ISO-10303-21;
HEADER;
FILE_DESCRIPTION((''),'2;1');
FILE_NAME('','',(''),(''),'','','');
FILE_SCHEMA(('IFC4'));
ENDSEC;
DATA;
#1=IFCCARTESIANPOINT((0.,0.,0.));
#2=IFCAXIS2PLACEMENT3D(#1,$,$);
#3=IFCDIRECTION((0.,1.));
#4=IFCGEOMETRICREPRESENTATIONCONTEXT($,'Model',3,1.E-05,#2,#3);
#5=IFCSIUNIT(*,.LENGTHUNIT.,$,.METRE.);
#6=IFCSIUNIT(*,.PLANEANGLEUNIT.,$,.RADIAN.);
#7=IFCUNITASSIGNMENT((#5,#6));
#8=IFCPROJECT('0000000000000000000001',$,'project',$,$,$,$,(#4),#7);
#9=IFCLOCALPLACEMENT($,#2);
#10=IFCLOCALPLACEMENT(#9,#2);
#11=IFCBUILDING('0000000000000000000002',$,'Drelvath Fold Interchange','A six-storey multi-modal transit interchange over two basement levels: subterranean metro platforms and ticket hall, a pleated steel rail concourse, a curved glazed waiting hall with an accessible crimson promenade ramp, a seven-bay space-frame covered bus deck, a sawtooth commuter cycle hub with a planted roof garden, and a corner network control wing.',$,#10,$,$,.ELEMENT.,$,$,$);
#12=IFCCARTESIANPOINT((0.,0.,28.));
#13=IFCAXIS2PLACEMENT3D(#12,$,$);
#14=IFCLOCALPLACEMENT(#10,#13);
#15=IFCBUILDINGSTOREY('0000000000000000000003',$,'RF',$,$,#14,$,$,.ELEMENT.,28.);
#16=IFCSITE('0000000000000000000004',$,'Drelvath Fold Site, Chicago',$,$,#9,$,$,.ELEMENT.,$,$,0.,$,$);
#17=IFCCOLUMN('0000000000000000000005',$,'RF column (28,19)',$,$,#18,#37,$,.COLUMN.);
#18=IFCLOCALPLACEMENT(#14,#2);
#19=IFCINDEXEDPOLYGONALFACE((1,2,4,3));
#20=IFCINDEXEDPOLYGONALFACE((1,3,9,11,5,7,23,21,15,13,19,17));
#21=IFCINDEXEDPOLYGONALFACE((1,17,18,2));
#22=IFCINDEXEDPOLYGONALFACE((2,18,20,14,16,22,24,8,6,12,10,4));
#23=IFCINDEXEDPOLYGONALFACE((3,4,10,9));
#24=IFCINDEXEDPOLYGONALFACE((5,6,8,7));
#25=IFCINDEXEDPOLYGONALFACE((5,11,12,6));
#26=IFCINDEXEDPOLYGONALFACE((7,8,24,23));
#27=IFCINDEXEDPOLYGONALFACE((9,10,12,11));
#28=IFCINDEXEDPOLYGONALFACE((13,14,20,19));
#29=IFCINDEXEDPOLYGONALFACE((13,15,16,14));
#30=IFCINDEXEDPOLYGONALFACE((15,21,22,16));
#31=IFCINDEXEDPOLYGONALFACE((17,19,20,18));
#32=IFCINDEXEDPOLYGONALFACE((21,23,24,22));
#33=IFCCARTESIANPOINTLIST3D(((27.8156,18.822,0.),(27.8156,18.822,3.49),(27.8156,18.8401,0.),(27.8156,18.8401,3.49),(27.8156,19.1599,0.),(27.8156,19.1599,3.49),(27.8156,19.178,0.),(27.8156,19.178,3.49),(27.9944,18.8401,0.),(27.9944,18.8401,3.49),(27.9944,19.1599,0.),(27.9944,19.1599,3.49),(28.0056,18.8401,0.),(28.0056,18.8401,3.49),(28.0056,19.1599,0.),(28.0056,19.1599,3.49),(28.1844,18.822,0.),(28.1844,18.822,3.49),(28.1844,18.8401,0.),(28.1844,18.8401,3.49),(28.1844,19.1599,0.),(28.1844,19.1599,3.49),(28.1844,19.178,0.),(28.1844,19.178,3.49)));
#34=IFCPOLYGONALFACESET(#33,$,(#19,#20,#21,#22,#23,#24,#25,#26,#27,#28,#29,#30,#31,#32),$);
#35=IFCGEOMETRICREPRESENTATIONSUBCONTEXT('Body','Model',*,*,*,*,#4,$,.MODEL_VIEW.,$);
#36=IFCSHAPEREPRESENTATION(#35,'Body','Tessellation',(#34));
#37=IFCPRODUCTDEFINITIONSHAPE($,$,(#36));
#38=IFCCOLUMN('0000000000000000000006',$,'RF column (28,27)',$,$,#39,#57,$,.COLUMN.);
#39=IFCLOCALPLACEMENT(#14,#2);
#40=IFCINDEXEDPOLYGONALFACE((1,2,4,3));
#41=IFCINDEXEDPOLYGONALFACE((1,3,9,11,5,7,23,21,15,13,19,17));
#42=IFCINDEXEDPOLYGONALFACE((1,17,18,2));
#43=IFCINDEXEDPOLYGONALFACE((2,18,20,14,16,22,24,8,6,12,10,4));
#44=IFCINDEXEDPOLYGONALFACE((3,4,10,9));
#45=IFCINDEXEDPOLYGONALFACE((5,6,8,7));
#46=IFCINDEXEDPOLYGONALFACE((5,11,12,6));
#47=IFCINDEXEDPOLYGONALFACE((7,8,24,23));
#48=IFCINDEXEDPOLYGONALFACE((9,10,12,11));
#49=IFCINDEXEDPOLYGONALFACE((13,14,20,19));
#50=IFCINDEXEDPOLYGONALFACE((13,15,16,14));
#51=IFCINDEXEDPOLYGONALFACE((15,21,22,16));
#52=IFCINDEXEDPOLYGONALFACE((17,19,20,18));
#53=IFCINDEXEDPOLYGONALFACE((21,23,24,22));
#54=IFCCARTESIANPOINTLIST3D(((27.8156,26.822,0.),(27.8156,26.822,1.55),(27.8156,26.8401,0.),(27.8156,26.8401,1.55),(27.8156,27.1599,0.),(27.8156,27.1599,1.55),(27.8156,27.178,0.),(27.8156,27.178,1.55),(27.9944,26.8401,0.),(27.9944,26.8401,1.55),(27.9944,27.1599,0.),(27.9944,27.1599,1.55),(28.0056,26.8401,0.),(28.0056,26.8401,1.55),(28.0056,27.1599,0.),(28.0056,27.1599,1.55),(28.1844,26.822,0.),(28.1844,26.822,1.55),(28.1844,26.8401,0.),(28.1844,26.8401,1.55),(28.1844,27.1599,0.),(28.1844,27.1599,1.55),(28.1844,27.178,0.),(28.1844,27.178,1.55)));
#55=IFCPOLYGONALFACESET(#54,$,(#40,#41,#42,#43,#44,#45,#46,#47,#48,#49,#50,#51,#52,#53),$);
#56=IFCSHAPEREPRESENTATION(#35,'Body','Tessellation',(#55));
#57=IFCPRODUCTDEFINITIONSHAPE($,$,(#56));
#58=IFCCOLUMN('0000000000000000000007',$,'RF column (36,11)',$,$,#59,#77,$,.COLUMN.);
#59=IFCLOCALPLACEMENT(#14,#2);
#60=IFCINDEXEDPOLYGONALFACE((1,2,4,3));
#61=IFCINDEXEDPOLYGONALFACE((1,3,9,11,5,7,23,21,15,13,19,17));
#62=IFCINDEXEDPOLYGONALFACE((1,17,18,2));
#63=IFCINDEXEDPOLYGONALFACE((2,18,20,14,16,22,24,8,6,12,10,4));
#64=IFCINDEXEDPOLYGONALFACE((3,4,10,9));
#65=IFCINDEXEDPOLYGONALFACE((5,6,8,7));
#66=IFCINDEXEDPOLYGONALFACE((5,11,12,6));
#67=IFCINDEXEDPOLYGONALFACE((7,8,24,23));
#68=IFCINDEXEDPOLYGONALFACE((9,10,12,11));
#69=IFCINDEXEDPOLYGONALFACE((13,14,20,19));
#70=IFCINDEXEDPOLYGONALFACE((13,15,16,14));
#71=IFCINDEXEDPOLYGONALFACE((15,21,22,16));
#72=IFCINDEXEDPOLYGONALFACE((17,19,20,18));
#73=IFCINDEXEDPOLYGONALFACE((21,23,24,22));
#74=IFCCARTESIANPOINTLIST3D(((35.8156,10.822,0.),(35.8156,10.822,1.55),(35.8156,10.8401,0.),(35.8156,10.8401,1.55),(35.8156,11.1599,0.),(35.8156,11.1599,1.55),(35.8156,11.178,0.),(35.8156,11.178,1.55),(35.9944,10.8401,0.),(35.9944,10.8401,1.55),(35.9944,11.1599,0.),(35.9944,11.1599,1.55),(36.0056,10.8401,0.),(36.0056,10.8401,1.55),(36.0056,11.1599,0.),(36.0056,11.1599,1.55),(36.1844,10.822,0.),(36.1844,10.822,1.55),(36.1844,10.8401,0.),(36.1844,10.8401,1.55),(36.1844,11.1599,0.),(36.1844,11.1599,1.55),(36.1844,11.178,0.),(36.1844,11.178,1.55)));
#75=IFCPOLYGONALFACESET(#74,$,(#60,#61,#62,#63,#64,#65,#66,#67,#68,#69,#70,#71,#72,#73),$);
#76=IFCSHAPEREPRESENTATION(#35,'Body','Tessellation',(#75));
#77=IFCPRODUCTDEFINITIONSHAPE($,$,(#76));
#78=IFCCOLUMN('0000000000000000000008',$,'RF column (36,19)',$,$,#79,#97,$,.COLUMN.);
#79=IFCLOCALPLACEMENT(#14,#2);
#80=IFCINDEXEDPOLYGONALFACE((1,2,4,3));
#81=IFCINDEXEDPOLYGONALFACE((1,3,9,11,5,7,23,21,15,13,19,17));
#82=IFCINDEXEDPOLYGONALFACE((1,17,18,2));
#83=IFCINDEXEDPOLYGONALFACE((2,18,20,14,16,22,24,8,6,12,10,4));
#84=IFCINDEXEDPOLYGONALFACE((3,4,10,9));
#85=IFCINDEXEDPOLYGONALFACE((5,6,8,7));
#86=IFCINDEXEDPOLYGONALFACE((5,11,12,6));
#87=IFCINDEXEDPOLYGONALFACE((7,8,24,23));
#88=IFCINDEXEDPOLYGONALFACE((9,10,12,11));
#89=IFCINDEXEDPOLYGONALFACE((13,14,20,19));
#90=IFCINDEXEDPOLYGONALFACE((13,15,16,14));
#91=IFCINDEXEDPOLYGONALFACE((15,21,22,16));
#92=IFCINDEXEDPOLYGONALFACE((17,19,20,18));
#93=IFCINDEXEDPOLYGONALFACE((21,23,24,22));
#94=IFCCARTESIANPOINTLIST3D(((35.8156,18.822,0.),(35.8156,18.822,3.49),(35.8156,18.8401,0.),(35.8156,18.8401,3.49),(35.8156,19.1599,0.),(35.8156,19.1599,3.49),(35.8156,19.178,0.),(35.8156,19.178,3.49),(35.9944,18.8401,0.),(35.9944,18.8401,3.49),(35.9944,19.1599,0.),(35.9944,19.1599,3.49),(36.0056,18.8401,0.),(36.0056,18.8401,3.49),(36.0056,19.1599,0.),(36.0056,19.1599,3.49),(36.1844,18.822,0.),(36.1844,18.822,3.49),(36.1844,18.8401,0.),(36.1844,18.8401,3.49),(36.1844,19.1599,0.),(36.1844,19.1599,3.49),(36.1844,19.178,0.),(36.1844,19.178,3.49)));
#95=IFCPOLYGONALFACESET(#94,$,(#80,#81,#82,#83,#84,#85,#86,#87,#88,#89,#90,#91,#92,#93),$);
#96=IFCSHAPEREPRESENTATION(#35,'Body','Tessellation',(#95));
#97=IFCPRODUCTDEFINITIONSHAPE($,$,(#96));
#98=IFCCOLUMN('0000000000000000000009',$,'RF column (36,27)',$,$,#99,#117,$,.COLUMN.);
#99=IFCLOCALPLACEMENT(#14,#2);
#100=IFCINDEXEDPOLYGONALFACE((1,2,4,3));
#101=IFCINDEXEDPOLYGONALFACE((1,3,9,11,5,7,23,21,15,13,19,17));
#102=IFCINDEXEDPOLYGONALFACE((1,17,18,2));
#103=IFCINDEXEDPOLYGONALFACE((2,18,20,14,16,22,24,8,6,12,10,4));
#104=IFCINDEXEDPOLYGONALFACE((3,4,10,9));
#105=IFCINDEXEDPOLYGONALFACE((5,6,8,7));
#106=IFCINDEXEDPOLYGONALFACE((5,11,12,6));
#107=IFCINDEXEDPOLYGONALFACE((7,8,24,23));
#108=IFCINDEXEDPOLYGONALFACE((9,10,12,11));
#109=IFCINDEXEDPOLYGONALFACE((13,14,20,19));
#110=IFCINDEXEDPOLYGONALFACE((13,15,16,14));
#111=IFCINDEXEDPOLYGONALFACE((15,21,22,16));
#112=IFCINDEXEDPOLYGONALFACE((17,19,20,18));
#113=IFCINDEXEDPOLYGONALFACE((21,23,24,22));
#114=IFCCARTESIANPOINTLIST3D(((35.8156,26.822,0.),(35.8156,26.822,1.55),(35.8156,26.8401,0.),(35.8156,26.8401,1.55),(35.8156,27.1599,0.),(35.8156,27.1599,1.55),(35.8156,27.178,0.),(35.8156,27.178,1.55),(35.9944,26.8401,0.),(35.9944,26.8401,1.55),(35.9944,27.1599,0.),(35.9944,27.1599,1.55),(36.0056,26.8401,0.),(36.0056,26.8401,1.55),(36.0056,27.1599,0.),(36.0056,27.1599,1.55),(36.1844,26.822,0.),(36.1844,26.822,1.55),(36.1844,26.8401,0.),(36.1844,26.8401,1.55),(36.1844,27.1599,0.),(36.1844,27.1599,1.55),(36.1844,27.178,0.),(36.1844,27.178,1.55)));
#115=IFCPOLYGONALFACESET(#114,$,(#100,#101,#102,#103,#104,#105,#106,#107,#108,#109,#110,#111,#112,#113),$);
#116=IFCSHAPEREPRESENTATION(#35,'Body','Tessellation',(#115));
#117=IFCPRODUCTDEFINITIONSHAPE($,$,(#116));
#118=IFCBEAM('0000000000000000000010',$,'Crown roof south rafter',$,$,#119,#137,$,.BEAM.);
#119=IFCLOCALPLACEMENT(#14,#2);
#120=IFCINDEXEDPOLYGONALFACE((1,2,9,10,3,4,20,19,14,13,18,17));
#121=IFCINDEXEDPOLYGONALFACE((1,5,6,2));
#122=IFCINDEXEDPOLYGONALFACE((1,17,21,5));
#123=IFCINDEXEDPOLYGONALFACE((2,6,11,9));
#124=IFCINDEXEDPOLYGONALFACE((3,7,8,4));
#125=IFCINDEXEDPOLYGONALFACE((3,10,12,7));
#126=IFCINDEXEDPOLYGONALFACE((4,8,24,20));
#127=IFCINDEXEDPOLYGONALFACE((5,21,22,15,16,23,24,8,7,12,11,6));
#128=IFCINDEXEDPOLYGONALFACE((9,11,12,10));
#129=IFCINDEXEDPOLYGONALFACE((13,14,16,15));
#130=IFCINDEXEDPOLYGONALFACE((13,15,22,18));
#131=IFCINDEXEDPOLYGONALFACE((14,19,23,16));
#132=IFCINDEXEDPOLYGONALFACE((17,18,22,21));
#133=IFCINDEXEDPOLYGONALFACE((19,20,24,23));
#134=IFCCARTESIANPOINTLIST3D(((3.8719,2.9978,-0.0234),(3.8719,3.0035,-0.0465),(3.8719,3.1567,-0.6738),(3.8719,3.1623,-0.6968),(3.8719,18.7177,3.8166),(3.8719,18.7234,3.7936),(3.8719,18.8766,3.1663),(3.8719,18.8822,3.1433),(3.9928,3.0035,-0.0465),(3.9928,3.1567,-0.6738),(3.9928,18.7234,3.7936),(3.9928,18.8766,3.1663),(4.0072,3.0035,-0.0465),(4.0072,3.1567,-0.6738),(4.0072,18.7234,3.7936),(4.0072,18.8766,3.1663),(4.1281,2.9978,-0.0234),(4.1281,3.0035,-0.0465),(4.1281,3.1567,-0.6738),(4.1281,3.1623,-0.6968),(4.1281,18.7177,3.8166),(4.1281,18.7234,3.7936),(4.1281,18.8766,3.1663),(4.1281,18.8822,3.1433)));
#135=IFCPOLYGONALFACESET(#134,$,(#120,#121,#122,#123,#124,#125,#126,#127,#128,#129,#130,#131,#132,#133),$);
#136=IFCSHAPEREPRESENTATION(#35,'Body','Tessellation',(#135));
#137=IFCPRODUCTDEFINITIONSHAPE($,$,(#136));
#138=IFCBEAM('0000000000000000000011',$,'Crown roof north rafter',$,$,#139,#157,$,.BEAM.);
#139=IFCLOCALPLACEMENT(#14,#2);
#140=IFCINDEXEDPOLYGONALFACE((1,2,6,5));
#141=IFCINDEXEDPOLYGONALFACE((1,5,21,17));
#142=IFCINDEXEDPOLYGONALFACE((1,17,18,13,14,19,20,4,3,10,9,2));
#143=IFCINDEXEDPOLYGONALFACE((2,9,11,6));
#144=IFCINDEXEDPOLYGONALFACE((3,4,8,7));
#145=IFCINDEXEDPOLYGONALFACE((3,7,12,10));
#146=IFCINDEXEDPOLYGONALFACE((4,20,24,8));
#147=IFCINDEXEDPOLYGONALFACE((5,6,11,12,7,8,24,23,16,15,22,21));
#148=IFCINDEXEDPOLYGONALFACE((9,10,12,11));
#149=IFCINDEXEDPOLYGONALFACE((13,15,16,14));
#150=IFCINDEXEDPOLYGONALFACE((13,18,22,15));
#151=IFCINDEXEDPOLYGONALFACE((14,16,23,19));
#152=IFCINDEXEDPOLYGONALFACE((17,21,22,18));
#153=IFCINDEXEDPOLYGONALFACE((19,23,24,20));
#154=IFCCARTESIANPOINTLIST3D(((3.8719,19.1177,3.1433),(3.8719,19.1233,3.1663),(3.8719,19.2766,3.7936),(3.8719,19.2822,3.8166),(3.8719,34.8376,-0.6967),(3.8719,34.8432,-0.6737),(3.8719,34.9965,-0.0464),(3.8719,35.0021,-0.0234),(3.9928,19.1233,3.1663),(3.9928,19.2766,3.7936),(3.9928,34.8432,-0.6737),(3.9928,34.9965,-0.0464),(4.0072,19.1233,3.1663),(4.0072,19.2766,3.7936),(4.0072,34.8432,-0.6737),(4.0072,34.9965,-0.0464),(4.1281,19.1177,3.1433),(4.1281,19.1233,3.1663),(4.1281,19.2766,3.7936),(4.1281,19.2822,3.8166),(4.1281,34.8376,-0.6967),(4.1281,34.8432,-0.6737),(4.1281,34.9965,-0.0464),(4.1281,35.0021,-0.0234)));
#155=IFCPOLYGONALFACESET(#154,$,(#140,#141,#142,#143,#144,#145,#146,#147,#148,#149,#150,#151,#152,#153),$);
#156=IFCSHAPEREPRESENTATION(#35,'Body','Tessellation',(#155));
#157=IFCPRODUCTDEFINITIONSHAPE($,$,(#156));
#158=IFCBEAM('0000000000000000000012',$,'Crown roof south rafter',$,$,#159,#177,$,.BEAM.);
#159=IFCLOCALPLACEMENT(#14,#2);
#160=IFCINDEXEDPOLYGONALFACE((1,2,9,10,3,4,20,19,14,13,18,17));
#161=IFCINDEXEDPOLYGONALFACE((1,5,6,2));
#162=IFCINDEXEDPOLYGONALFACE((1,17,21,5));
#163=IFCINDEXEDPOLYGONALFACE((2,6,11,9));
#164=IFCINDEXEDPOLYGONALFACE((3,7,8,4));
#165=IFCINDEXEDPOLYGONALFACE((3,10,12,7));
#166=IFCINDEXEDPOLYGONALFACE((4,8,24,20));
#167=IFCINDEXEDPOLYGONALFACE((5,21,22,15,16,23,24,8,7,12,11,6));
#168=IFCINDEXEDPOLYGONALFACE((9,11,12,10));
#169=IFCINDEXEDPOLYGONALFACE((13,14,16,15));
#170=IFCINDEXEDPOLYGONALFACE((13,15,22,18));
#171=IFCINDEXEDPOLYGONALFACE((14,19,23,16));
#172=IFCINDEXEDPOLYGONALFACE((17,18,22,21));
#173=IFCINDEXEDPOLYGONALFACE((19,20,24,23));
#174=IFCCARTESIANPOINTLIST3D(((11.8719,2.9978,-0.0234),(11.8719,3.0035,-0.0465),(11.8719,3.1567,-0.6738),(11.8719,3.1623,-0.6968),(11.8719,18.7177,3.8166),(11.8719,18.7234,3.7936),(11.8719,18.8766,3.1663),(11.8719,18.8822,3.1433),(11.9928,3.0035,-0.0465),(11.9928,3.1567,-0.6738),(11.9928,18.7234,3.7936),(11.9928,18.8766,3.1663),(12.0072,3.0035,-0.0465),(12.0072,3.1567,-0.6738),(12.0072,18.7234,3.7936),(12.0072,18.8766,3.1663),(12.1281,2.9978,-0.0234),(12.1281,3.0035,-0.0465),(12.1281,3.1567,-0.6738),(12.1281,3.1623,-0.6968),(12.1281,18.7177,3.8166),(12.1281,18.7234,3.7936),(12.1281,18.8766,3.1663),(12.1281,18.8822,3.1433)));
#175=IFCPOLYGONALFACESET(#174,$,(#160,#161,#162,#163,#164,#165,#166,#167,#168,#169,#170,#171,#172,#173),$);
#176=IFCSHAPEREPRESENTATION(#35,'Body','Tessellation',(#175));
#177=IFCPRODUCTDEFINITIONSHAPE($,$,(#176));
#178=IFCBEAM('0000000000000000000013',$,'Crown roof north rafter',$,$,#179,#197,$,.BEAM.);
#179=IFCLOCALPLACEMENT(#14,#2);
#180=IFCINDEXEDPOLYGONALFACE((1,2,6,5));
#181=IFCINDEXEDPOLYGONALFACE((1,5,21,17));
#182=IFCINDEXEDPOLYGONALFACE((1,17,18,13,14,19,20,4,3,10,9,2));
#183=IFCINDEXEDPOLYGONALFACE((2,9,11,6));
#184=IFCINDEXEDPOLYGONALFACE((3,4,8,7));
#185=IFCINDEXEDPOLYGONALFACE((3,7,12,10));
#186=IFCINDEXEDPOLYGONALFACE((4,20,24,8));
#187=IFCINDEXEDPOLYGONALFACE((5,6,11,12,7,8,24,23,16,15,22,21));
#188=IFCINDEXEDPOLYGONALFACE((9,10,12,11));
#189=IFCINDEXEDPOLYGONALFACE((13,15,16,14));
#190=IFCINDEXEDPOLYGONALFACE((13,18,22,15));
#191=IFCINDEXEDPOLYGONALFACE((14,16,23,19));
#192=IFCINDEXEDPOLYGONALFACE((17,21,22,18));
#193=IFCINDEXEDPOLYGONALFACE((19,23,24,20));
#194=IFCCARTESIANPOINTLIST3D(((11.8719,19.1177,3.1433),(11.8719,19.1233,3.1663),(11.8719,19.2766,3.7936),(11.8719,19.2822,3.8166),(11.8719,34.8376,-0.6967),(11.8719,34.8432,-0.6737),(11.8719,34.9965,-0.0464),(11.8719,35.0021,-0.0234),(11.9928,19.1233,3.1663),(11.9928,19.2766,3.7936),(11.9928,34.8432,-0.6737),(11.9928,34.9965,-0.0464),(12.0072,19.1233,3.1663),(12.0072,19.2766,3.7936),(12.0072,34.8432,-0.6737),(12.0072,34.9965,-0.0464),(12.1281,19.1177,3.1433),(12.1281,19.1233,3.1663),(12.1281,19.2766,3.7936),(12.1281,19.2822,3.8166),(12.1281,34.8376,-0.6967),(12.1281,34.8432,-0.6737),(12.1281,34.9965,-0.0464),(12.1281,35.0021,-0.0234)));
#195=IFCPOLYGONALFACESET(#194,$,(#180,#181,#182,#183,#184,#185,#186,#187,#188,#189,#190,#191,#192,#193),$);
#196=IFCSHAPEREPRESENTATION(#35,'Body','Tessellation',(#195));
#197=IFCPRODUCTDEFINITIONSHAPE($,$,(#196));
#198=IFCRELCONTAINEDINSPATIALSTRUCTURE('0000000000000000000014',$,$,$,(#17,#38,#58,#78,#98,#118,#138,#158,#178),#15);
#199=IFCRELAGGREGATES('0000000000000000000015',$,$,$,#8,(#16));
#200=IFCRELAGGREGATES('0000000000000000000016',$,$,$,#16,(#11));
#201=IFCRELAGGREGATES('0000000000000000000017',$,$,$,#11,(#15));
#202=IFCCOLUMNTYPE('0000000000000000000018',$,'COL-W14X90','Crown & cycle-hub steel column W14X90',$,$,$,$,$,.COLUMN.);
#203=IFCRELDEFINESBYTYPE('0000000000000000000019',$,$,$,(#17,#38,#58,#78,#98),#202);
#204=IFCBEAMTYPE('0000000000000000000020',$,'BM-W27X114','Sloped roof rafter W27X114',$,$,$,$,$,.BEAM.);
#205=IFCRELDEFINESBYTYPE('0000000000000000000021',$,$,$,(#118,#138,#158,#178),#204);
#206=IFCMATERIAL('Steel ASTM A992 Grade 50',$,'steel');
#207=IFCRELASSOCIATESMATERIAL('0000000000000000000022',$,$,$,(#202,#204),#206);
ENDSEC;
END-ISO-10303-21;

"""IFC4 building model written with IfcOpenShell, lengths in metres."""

from ifc_helpers import new_model, si_unit, direction, frame, origin, origin_2d, place, context, subcontext, project, spatial, i_section, extrude, material, material_profile, profile_set, type_object, element, save


model = new_model("IFC4")

# Units and contexts
model_context = context("Model", 3, precision=1e-05, world=origin(), true_north=direction((0.0, 1.0)))
body_context = subcontext(model_context, "Body", "Model", "MODEL_VIEW")
ifc_project = project(units=[si_unit("LENGTHUNIT", "METRE"), si_unit("PLANEANGLEUNIT", "RADIAN")], contexts=[model_context])

# Site, building, storey
site_placement = place(None, origin())
site = spatial("IfcSite", under=ifc_project, at=site_placement, Name="Drelvath Fold Site, Chicago", CompositionType="ELEMENT", RefElevation=0.0)
building_placement = place(site_placement, origin())
building = spatial("IfcBuilding", under=site, at=building_placement, Name="Drelvath Fold Interchange", Description="A six-storey multi-modal transit interchange over two basement levels: subterranean metro platforms and ticket hall, a pleated steel rail concourse, a curved glazed waiting hall with an accessible crimson promenade ramp, a seven-bay space-frame covered bus deck, a sawtooth commuter cycle hub with a planted roof garden, and a corner network control wing.", CompositionType="ELEMENT")
storey_placement = place(building_placement, frame((0.0, 0.0, 28.0)))
storey = spatial("IfcBuildingStorey", under=building, at=storey_placement, Name="RF", CompositionType="ELEMENT", Elevation=28.0)

# Columns
ifc_material_1 = material(Name="Steel ASTM A992 Grade 50", Category="steel")
ifc_material_profile_1 = material_profile(ifc_material_1, i_section(OverallWidth=0.3689, OverallDepth=0.356, WebThickness=0.0112, FlangeThickness=0.0181, at=origin_2d()), Name="W14X90")
ifc_profile_set_1 = profile_set([ifc_material_profile_1], Name="Steel ASTM A992 Grade 50")
column_type = type_object("IfcColumnType", Name="COL-W14X90", Description="Crown & cycle-hub steel column W14X90", PredefinedType="COLUMN", material=ifc_profile_set_1)
column_1_placement = place(storey_placement, frame((28.0, 19.0, 0.0), z_axis=(0.0, 0.0, 1.0), x_axis=(1.0, 0.0, 0.0)))
element("IfcColumn", 1, at=column_1_placement, inside=storey, type_object=column_type, Name="RF column (28,19)", PredefinedType="COLUMN", context=body_context, shape_type="SweptSolid", body=[
    extrude(i_section(OverallWidth=0.3689, OverallDepth=0.356, WebThickness=0.0112, FlangeThickness=0.0181, at=origin_2d()), origin(), (0.0, 0.0, 1.0), 3.49),
])
for number, where, z_axis, x_axis, name in (
    (2, (28.0, 27.0, 0.0), (0.0, 0.0, 1.0), (1.0, 0.0, 0.0), "RF column (28,27)"),
    (3, (36.0, 11.0, 0.0), (0.0, 0.0, 1.0), (1.0, 0.0, 0.0), "RF column (36,11)"),
):
    element("IfcColumn", number, at=place(storey_placement, frame(where, z_axis=z_axis, x_axis=x_axis)), inside=storey, type_object=column_type, Name=name, PredefinedType="COLUMN", context=body_context, shape_type="SweptSolid", body=[
        extrude(i_section(OverallWidth=0.3689, OverallDepth=0.356, WebThickness=0.0112, FlangeThickness=0.0181, at=origin_2d()), origin(), (0.0, 0.0, 1.0), 1.55),
    ])
column_2_placement = place(storey_placement, frame((36.0, 19.0, 0.0), z_axis=(0.0, 0.0, 1.0), x_axis=(1.0, 0.0, 0.0)))
element("IfcColumn", 4, at=column_2_placement, inside=storey, type_object=column_type, Name="RF column (36,19)", PredefinedType="COLUMN", context=body_context, shape_type="SweptSolid", body=[
    extrude(i_section(OverallWidth=0.3689, OverallDepth=0.356, WebThickness=0.0112, FlangeThickness=0.0181, at=origin_2d()), origin(), (0.0, 0.0, 1.0), 3.49),
])
column_3_placement = place(storey_placement, frame((36.0, 27.0, 0.0), z_axis=(0.0, 0.0, 1.0), x_axis=(1.0, 0.0, 0.0)))
element("IfcColumn", 5, at=column_3_placement, inside=storey, type_object=column_type, Name="RF column (36,27)", PredefinedType="COLUMN", context=body_context, shape_type="SweptSolid", body=[
    extrude(i_section(OverallWidth=0.3689, OverallDepth=0.356, WebThickness=0.0112, FlangeThickness=0.0181, at=origin_2d()), origin(), (0.0, 0.0, 1.0), 1.55),
])

# Beams
ifc_material_profile_2 = material_profile(ifc_material_1, i_section(OverallWidth=0.2561, OverallDepth=0.6931, WebThickness=0.0144, FlangeThickness=0.0237, at=origin_2d()), Name="W27X114")
ifc_profile_set_2 = profile_set([ifc_material_profile_2], Name="Steel ASTM A992 Grade 50")
beam_type_1 = type_object("IfcBeamType", Name="BM-W27X114", Description="Sloped roof rafter W27X114", PredefinedType="BEAM", material=ifc_profile_set_2)
for number, where, z_axis, x_axis, name in (
    (6, (4.0, 3.0801, -0.3601), (0.0, 0.971436, 0.237303), (-1.0, 0.0, 0.0), "Crown roof south rafter"),
    (7, (4.0, 19.2, 3.48), (0.0, 0.971436, -0.237303), (-1.0, 0.0, 0.0), "Crown roof north rafter"),
    (8, (12.0, 3.0801, -0.3601), (0.0, 0.971436, 0.237303), (-1.0, 0.0, 0.0), "Crown roof south rafter"),
    (9, (12.0, 19.2, 3.48), (0.0, 0.971436, -0.237303), (-1.0, 0.0, 0.0), "Crown roof north rafter"),
):
    element("IfcBeam", number, at=place(storey_placement, frame(where, z_axis=z_axis, x_axis=x_axis)), inside=storey, type_object=beam_type_1, Name=name, PredefinedType="BEAM", context=body_context, shape_type="SweptSolid", body=[
        extrude(i_section(OverallWidth=0.2561, OverallDepth=0.6931, WebThickness=0.0144, FlangeThickness=0.0237, at=origin_2d()), origin(), (0.0, 0.0, 1.0), 16.1821),
    ])

save(model, "model.ifc")
